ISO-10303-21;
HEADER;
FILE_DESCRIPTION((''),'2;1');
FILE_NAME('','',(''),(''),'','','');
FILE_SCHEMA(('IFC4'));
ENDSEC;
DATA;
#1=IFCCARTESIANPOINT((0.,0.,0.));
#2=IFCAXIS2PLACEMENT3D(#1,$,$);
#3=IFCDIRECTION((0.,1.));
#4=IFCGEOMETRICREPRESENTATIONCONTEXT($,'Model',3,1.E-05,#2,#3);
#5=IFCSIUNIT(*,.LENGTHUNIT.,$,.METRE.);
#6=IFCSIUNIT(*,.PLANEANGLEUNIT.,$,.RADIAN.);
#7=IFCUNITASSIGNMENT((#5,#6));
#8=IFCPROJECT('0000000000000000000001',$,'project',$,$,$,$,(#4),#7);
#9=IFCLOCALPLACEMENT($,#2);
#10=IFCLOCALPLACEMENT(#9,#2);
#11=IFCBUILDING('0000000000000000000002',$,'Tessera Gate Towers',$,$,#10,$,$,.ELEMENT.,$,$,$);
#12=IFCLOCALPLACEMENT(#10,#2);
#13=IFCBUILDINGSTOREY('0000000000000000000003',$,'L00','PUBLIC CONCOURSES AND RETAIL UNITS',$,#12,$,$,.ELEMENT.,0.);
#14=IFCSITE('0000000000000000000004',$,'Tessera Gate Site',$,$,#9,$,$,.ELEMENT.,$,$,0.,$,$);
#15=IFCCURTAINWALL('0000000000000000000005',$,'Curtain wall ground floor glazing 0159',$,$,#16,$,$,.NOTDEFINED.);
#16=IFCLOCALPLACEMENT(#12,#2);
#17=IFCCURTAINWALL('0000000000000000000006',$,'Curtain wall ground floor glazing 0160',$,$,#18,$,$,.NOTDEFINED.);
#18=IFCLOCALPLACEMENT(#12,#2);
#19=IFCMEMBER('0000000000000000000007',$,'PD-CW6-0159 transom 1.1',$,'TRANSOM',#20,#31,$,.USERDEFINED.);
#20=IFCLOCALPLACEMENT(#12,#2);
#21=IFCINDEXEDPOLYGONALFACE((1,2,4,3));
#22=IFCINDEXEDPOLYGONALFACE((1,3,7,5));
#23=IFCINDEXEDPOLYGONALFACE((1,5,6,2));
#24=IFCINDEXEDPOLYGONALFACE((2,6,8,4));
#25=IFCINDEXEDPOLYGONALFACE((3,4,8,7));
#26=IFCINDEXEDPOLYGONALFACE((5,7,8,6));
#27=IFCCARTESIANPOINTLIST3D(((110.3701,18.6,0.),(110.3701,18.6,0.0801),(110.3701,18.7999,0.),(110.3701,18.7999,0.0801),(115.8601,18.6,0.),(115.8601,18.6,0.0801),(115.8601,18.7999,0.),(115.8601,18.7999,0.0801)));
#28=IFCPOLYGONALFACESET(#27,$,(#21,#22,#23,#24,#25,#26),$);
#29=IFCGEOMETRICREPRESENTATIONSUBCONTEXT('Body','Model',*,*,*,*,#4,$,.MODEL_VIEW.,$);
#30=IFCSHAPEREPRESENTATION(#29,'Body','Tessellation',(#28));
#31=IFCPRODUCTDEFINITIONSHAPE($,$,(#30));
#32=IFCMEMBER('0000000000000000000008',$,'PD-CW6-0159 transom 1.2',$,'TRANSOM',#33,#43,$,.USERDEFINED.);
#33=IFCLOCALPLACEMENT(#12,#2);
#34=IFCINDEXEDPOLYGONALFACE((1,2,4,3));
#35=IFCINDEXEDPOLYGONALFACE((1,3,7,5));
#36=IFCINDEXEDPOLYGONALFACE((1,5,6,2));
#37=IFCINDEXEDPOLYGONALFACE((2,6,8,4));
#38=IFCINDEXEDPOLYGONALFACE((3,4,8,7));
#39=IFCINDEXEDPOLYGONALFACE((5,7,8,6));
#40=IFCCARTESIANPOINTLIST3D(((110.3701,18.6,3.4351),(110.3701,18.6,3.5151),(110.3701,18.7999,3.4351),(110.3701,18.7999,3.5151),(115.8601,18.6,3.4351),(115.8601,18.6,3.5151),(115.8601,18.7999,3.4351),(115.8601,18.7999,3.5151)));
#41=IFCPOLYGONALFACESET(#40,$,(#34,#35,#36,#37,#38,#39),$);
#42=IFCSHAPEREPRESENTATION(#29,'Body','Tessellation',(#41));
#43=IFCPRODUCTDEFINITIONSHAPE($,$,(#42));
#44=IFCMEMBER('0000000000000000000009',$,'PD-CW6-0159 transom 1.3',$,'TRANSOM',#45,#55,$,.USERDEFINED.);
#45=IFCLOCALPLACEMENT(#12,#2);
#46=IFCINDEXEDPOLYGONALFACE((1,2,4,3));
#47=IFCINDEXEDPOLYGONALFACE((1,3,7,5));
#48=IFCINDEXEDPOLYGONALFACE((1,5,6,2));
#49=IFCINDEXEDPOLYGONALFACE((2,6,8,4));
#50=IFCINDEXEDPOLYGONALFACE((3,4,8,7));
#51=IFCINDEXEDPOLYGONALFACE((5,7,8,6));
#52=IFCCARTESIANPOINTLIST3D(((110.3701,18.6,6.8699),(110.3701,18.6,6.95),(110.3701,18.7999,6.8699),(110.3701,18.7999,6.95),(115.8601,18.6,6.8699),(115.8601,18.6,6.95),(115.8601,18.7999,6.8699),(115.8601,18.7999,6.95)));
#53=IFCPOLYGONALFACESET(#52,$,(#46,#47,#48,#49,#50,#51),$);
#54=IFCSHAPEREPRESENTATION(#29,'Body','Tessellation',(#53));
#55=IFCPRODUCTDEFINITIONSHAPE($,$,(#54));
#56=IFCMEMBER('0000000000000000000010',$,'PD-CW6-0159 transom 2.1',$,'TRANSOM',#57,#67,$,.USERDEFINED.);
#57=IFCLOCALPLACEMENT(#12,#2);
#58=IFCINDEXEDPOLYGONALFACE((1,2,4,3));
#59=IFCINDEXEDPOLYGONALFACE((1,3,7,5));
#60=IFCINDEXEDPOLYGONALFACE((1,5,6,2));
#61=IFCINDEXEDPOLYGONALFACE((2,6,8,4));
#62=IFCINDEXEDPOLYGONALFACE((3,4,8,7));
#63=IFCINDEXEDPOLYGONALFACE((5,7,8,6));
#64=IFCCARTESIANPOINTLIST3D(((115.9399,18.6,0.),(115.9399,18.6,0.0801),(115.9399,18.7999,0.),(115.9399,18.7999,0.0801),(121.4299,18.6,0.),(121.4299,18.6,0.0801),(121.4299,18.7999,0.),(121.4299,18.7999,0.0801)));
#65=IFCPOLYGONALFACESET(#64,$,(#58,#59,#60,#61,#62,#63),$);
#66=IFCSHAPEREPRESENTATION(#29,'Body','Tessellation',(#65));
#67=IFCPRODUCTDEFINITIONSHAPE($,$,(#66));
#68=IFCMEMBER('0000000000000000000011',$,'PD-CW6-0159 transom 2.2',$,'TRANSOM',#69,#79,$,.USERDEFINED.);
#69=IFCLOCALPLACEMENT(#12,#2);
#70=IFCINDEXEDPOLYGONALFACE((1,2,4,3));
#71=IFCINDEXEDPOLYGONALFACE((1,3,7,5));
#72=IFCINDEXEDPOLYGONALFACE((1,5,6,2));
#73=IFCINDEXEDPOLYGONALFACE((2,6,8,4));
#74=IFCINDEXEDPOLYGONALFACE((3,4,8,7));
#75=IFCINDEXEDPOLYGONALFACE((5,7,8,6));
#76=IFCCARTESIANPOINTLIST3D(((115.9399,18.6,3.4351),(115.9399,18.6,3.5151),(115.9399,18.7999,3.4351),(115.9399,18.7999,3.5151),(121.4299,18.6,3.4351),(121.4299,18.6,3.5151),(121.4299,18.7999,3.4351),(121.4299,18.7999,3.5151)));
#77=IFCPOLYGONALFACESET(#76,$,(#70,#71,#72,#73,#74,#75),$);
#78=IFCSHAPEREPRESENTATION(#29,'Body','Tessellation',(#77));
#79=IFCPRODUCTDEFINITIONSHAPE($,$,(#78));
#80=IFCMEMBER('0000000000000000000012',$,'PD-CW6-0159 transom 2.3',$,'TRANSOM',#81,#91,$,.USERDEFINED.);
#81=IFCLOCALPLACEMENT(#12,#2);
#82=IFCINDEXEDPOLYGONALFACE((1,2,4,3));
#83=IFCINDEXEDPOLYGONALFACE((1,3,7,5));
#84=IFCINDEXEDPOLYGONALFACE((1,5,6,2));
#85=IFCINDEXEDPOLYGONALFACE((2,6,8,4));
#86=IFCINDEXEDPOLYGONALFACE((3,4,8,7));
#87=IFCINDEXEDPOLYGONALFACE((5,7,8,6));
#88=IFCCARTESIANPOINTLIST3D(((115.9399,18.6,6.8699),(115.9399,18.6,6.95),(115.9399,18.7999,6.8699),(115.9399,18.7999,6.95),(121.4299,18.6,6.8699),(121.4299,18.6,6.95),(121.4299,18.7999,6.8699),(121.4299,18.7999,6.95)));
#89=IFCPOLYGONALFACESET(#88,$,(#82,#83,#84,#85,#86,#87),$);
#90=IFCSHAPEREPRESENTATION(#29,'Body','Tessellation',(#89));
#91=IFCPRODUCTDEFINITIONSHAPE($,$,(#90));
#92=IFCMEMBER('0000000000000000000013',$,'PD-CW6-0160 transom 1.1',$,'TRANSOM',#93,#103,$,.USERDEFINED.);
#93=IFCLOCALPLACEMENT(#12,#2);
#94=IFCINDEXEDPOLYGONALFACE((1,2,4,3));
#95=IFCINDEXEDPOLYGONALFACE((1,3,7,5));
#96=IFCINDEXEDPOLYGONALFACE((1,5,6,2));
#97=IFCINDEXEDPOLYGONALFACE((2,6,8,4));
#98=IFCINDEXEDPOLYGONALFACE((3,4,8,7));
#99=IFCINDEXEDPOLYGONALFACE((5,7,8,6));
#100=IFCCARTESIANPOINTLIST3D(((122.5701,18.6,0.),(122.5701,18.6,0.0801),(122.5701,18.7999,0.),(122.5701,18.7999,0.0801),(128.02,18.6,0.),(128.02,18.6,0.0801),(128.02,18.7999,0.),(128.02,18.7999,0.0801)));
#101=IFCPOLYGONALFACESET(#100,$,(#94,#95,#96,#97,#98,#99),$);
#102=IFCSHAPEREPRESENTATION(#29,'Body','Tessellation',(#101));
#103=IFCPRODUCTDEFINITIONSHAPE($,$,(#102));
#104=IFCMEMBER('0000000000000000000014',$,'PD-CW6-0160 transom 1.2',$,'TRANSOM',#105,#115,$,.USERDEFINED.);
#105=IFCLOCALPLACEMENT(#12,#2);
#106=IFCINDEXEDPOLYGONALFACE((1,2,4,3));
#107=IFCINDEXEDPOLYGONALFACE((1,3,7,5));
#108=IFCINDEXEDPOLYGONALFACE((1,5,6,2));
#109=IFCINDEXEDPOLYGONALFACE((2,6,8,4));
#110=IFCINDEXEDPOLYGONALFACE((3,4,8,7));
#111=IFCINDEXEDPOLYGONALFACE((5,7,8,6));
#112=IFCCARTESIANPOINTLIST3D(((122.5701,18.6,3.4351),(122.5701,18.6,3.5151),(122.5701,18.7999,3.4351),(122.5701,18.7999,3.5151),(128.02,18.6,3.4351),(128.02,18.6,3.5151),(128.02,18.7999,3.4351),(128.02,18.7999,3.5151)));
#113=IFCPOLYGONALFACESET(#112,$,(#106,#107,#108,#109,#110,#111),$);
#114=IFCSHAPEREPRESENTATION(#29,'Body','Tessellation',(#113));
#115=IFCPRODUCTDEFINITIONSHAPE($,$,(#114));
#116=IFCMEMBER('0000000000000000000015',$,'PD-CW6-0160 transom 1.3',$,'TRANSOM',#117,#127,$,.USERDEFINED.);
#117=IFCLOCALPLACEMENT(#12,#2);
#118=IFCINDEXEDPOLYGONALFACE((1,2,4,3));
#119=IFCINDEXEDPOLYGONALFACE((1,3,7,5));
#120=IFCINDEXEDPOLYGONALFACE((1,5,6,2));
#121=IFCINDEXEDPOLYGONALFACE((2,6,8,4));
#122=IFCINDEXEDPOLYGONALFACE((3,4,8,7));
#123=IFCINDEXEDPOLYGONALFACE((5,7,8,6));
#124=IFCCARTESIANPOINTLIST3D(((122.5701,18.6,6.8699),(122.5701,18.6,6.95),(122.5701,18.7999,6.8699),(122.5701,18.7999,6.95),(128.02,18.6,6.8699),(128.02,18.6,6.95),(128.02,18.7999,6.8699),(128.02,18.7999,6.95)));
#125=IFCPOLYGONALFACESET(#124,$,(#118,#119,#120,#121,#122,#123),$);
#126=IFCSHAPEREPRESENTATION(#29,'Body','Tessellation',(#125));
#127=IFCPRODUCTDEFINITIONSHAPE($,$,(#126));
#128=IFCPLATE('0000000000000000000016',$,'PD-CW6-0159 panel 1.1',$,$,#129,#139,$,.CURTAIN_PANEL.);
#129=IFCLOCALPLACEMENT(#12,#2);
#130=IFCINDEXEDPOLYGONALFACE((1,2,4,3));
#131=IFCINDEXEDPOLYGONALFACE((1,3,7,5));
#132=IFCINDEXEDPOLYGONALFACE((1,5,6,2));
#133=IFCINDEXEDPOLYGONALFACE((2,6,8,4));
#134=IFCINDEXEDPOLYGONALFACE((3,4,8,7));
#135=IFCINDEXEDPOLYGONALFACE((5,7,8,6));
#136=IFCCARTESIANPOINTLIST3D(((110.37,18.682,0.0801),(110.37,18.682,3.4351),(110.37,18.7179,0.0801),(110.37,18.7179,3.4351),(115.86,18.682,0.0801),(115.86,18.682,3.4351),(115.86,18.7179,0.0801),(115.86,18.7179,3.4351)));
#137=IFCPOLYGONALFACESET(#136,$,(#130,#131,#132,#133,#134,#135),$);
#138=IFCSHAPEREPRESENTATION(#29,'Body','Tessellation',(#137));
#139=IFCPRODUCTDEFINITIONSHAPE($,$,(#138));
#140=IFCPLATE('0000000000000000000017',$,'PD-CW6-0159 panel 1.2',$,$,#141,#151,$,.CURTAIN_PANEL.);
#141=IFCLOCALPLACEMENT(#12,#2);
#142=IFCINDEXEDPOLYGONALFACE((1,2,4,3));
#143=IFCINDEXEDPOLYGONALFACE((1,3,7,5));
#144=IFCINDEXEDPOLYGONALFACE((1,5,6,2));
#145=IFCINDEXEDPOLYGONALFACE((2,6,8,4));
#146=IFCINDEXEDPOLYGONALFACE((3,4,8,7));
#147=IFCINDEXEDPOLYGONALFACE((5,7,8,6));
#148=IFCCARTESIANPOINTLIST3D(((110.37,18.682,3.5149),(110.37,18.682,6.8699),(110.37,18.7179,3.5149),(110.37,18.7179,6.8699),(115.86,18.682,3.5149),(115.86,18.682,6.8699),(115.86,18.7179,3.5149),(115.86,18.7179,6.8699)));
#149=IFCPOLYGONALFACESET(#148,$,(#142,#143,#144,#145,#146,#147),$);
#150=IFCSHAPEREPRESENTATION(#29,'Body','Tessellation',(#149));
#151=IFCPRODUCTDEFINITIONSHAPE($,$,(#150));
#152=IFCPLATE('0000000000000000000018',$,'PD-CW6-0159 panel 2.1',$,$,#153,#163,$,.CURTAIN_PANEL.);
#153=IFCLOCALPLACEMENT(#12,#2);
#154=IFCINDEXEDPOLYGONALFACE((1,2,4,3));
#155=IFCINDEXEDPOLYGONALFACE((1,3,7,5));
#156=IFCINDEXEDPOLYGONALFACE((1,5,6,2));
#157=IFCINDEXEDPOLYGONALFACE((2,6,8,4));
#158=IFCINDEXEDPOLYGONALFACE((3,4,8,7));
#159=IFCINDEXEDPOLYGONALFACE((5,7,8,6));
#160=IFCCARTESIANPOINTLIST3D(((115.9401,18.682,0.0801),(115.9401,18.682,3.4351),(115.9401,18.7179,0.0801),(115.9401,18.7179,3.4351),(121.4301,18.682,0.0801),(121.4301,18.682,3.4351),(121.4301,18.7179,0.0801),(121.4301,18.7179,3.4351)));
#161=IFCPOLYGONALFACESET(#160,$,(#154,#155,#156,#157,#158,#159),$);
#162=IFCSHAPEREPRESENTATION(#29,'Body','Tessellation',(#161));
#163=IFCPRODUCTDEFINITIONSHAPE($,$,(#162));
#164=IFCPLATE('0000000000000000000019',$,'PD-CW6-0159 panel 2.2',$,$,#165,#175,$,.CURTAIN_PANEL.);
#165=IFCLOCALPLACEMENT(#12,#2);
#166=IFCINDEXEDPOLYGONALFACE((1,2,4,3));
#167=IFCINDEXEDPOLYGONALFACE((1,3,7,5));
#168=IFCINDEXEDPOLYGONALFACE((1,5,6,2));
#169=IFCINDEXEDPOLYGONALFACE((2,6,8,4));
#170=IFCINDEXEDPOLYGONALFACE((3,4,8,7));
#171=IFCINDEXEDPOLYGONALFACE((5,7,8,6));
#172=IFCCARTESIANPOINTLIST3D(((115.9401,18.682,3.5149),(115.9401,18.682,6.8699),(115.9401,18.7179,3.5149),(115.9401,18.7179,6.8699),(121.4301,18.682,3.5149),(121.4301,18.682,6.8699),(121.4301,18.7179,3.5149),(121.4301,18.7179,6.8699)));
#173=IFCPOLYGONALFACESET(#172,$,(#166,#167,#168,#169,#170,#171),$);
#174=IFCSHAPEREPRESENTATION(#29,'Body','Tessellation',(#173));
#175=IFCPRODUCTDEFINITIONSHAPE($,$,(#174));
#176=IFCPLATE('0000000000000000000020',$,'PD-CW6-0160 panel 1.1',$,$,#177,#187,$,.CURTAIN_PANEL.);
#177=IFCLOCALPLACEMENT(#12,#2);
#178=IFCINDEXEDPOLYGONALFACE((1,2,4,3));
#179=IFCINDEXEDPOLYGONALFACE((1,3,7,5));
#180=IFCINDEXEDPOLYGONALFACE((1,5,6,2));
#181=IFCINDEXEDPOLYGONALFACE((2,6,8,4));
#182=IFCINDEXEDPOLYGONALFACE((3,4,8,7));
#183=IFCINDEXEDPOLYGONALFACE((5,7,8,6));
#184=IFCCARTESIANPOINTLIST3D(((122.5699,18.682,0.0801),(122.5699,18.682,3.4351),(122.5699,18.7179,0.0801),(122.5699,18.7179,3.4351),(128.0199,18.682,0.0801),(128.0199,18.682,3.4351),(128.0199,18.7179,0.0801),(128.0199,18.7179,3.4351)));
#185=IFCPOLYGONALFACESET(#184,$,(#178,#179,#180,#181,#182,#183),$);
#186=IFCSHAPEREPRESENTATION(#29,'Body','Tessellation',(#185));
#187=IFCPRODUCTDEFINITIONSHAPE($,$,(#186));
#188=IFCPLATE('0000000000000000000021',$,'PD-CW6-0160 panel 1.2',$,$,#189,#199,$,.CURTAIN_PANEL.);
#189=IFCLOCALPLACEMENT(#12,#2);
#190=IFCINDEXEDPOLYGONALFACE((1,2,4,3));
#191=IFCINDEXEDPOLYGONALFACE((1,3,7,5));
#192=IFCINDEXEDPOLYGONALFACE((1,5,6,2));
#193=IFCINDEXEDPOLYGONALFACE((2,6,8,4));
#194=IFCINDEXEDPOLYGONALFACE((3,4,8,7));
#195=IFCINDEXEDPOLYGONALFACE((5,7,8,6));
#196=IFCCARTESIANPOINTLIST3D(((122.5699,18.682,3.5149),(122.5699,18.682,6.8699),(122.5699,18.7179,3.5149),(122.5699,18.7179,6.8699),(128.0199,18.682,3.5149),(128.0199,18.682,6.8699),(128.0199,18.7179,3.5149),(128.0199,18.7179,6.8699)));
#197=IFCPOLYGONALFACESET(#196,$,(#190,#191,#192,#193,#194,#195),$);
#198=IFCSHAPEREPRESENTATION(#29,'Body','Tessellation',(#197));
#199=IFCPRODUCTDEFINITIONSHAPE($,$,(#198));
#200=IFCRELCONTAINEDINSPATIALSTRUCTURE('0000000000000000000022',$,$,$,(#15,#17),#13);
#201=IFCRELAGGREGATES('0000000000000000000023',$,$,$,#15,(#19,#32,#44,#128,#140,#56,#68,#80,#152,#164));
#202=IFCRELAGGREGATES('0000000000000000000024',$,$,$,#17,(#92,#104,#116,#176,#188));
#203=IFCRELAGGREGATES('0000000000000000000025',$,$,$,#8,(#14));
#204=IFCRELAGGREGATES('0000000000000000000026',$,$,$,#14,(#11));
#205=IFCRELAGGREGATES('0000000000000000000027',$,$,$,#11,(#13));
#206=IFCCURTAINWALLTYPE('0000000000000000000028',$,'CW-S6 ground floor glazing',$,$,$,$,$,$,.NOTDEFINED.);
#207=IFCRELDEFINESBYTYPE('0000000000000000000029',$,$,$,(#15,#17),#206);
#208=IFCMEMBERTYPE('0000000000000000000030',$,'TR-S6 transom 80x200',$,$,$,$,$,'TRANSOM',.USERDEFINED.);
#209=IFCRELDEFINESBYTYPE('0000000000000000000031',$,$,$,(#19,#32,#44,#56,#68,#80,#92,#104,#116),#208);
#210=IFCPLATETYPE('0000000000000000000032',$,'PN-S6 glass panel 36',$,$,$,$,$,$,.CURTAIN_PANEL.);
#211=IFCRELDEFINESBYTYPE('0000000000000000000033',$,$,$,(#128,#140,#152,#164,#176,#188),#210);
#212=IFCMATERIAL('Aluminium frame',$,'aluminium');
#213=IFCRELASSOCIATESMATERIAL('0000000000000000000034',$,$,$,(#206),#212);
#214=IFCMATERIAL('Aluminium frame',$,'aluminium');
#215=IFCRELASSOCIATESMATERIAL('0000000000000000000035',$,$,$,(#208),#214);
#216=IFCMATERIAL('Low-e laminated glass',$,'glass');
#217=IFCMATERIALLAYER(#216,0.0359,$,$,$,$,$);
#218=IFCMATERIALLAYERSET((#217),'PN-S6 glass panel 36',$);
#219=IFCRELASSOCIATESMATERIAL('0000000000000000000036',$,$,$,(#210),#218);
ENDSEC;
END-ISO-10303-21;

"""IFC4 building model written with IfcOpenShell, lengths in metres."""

from ifc_helpers import new_model, si_unit, direction, frame, origin, origin_2d, place, context, subcontext, project, spatial, rectangle, extrude, material, layer, layer_set, material_profile, profile_set, type_object, element, aggregate, save


model = new_model("IFC4")

# Units and contexts
model_context = context("Model", 3, precision=1e-05, world=origin(), true_north=direction((0.0, 1.0)))
body_context = subcontext(model_context, "Body", "Model", "MODEL_VIEW")
ifc_project = project(units=[si_unit("LENGTHUNIT", "METRE"), si_unit("PLANEANGLEUNIT", "RADIAN")], contexts=[model_context])

# Site, building, storey
site_placement = place(None, origin())
site = spatial("IfcSite", under=ifc_project, at=site_placement, Name="Tessera Gate Site", CompositionType="ELEMENT", RefElevation=0.0)
building_placement = place(site_placement, origin())
building = spatial("IfcBuilding", under=site, at=building_placement, Name="Tessera Gate Towers", CompositionType="ELEMENT")
storey_placement = place(building_placement, origin())
storey = spatial("IfcBuildingStorey", under=building, at=storey_placement, Name="L00", Description="PUBLIC CONCOURSES AND RETAIL UNITS", CompositionType="ELEMENT", Elevation=0.0)

# Shared definitions
ifc_material_1 = material(Name="Aluminium frame", Category="aluminium")
curtain_wall_type = type_object("IfcCurtainWallType", Name="CW-S6 ground floor glazing", PredefinedType="NOTDEFINED", material=ifc_material_1)

# Curtain wall
curtain_wall_1_placement = place(storey_placement, origin())
curtain_wall_1 = element("IfcCurtainWall", 1, at=curtain_wall_1_placement, inside=storey, type_object=curtain_wall_type, Name="Curtain wall ground floor glazing 0159", PredefinedType="NOTDEFINED")

# Curtain wall
curtain_wall_2_placement = place(storey_placement, origin())
curtain_wall_2 = element("IfcCurtainWall", 2, at=curtain_wall_2_placement, inside=storey, type_object=curtain_wall_type, Name="Curtain wall ground floor glazing 0160", PredefinedType="NOTDEFINED")

# Members
ifc_material_2 = material(Name="Aluminium frame", Category="aluminium")
ifc_material_profile_1 = material_profile(ifc_material_2, rectangle(XDim=0.2, YDim=0.0801, at=origin_2d()), Name="AL 80x200")
ifc_profile_set_1 = profile_set([ifc_material_profile_1], Name="Aluminium frame")
member_type_1 = type_object("IfcMemberType", Name="TR-S6 transom 80x200", ElementType="TRANSOM", PredefinedType="USERDEFINED", material=ifc_profile_set_1)
member_1_placement = place(storey_placement, frame((110.3701, 18.7, 0.04), z_axis=(1.0, 0.0, 0.0), x_axis=(0.0, 1.0, 0.0)))
member_1 = element("IfcMember", 3, at=member_1_placement, type_object=member_type_1, Name="PD-CW6-0159 transom 1.1", ObjectType="TRANSOM", PredefinedType="USERDEFINED", context=body_context, shape_type="SweptSolid", body=[
    extrude(rectangle(XDim=0.2, YDim=0.0801, at=origin_2d()), origin(), (0.0, 0.0, 1.0), 5.49),
])
member_2_placement = place(storey_placement, frame((110.3701, 18.7, 3.4751), z_axis=(1.0, 0.0, 0.0), x_axis=(0.0, 1.0, 0.0)))
member_2 = element("IfcMember", 4, at=member_2_placement, type_object=member_type_1, Name="PD-CW6-0159 transom 1.2", ObjectType="TRANSOM", PredefinedType="USERDEFINED", context=body_context, shape_type="SweptSolid", body=[
    extrude(rectangle(XDim=0.2, YDim=0.0801, at=origin_2d()), origin(), (0.0, 0.0, 1.0), 5.49),
])
member_3_placement = place(storey_placement, frame((110.3701, 18.7, 6.9099), z_axis=(1.0, 0.0, 0.0), x_axis=(0.0, 1.0, 0.0)))
member_3 = element("IfcMember", 5, at=member_3_placement, type_object=member_type_1, Name="PD-CW6-0159 transom 1.3", ObjectType="TRANSOM", PredefinedType="USERDEFINED", context=body_context, shape_type="SweptSolid", body=[
    extrude(rectangle(XDim=0.2, YDim=0.0801, at=origin_2d()), origin(), (0.0, 0.0, 1.0), 5.49),
])
member_4_placement = place(storey_placement, frame((115.9399, 18.7, 0.04), z_axis=(1.0, 0.0, 0.0), x_axis=(0.0, 1.0, 0.0)))
member_4 = element("IfcMember", 6, at=member_4_placement, type_object=member_type_1, Name="PD-CW6-0159 transom 2.1", ObjectType="TRANSOM", PredefinedType="USERDEFINED", context=body_context, shape_type="SweptSolid", body=[
    extrude(rectangle(XDim=0.2, YDim=0.0801, at=origin_2d()), origin(), (0.0, 0.0, 1.0), 5.49),
])
member_5_placement = place(storey_placement, frame((115.9399, 18.7, 3.4751), z_axis=(1.0, 0.0, 0.0), x_axis=(0.0, 1.0, 0.0)))
member_5 = element("IfcMember", 7, at=member_5_placement, type_object=member_type_1, Name="PD-CW6-0159 transom 2.2", ObjectType="TRANSOM", PredefinedType="USERDEFINED", context=body_context, shape_type="SweptSolid", body=[
    extrude(rectangle(XDim=0.2, YDim=0.0801, at=origin_2d()), origin(), (0.0, 0.0, 1.0), 5.49),
])
member_6_placement = place(storey_placement, frame((115.9399, 18.7, 6.9099), z_axis=(1.0, 0.0, 0.0), x_axis=(0.0, 1.0, 0.0)))
member_6 = element("IfcMember", 8, at=member_6_placement, type_object=member_type_1, Name="PD-CW6-0159 transom 2.3", ObjectType="TRANSOM", PredefinedType="USERDEFINED", context=body_context, shape_type="SweptSolid", body=[
    extrude(rectangle(XDim=0.2, YDim=0.0801, at=origin_2d()), origin(), (0.0, 0.0, 1.0), 5.49),
])
member_7_placement = place(storey_placement, frame((122.5701, 18.7, 0.04), z_axis=(1.0, 0.0, 0.0), x_axis=(0.0, 1.0, 0.0)))
member_7 = element("IfcMember", 9, at=member_7_placement, type_object=member_type_1, Name="PD-CW6-0160 transom 1.1", ObjectType="TRANSOM", PredefinedType="USERDEFINED", context=body_context, shape_type="SweptSolid", body=[
    extrude(rectangle(XDim=0.2, YDim=0.0801, at=origin_2d()), origin(), (0.0, 0.0, 1.0), 5.45),
])
member_8_placement = place(storey_placement, frame((122.5701, 18.7, 3.4751), z_axis=(1.0, 0.0, 0.0), x_axis=(0.0, 1.0, 0.0)))
member_8 = element("IfcMember", 10, at=member_8_placement, type_object=member_type_1, Name="PD-CW6-0160 transom 1.2", ObjectType="TRANSOM", PredefinedType="USERDEFINED", context=body_context, shape_type="SweptSolid", body=[
    extrude(rectangle(XDim=0.2, YDim=0.0801, at=origin_2d()), origin(), (0.0, 0.0, 1.0), 5.45),
])
member_9_placement = place(storey_placement, frame((122.5701, 18.7, 6.9099), z_axis=(1.0, 0.0, 0.0), x_axis=(0.0, 1.0, 0.0)))
member_9 = element("IfcMember", 11, at=member_9_placement, type_object=member_type_1, Name="PD-CW6-0160 transom 1.3", ObjectType="TRANSOM", PredefinedType="USERDEFINED", context=body_context, shape_type="SweptSolid", body=[
    extrude(rectangle(XDim=0.2, YDim=0.0801, at=origin_2d()), origin(), (0.0, 0.0, 1.0), 5.45),
])

# Plates
ifc_material_3 = material(Name="Low-e laminated glass", Category="glass")
ifc_layer = layer(ifc_material_3, 0.0359)
ifc_layer_set = layer_set([ifc_layer], Name="PN-S6 glass panel 36")
plate_type = type_object("IfcPlateType", Name="PN-S6 glass panel 36", PredefinedType="CURTAIN_PANEL", material=ifc_layer_set)
plate_1_placement = place(storey_placement, frame((113.115, 18.7, 0.0801), z_axis=(0.0, 0.0, 1.0), x_axis=(1.0, 0.0, 0.0)))
plate_1 = element("IfcPlate", 12, at=plate_1_placement, type_object=plate_type, Name="PD-CW6-0159 panel 1.1", PredefinedType="CURTAIN_PANEL", context=body_context, shape_type="SweptSolid", body=[
    extrude(rectangle(XDim=5.49, YDim=0.0359, at=origin_2d()), origin(), (0.0, 0.0, 1.0), 3.355),
])
plate_2_placement = place(storey_placement, frame((113.115, 18.7, 3.5149), z_axis=(0.0, 0.0, 1.0), x_axis=(1.0, 0.0, 0.0)))
plate_2 = element("IfcPlate", 13, at=plate_2_placement, type_object=plate_type, Name="PD-CW6-0159 panel 1.2", PredefinedType="CURTAIN_PANEL", context=body_context, shape_type="SweptSolid", body=[
    extrude(rectangle(XDim=5.49, YDim=0.0359, at=origin_2d()), origin(), (0.0, 0.0, 1.0), 3.355),
])
plate_3_placement = place(storey_placement, frame((118.6851, 18.7, 0.0801), z_axis=(0.0, 0.0, 1.0), x_axis=(1.0, 0.0, 0.0)))
plate_3 = element("IfcPlate", 14, at=plate_3_placement, type_object=plate_type, Name="PD-CW6-0159 panel 2.1", PredefinedType="CURTAIN_PANEL", context=body_context, shape_type="SweptSolid", body=[
    extrude(rectangle(XDim=5.49, YDim=0.0359, at=origin_2d()), origin(), (0.0, 0.0, 1.0), 3.355),
])
plate_4_placement = place(storey_placement, frame((118.6851, 18.7, 3.5149), z_axis=(0.0, 0.0, 1.0), x_axis=(1.0, 0.0, 0.0)))
plate_4 = element("IfcPlate", 15, at=plate_4_placement, type_object=plate_type, Name="PD-CW6-0159 panel 2.2", PredefinedType="CURTAIN_PANEL", context=body_context, shape_type="SweptSolid", body=[
    extrude(rectangle(XDim=5.49, YDim=0.0359, at=origin_2d()), origin(), (0.0, 0.0, 1.0), 3.355),
])
aggregate(curtain_wall_1, [member_1, member_2, member_3, plate_1, plate_2, member_4, member_5, member_6, plate_3, plate_4])
plate_5_placement = place(storey_placement, frame((125.2949, 18.7, 0.0801), z_axis=(0.0, 0.0, 1.0), x_axis=(1.0, 0.0, 0.0)))
plate_5 = element("IfcPlate", 16, at=plate_5_placement, type_object=plate_type, Name="PD-CW6-0160 panel 1.1", PredefinedType="CURTAIN_PANEL", context=body_context, shape_type="SweptSolid", body=[
    extrude(rectangle(XDim=5.45, YDim=0.0359, at=origin_2d()), origin(), (0.0, 0.0, 1.0), 3.355),
])
plate_6_placement = place(storey_placement, frame((125.2949, 18.7, 3.5149), z_axis=(0.0, 0.0, 1.0), x_axis=(1.0, 0.0, 0.0)))
plate_6 = element("IfcPlate", 17, at=plate_6_placement, type_object=plate_type, Name="PD-CW6-0160 panel 1.2", PredefinedType="CURTAIN_PANEL", context=body_context, shape_type="SweptSolid", body=[
    extrude(rectangle(XDim=5.45, YDim=0.0359, at=origin_2d()), origin(), (0.0, 0.0, 1.0), 3.355),
])
aggregate(curtain_wall_2, [member_7, member_8, member_9, plate_5, plate_6])

save(model, "model.ifc")
